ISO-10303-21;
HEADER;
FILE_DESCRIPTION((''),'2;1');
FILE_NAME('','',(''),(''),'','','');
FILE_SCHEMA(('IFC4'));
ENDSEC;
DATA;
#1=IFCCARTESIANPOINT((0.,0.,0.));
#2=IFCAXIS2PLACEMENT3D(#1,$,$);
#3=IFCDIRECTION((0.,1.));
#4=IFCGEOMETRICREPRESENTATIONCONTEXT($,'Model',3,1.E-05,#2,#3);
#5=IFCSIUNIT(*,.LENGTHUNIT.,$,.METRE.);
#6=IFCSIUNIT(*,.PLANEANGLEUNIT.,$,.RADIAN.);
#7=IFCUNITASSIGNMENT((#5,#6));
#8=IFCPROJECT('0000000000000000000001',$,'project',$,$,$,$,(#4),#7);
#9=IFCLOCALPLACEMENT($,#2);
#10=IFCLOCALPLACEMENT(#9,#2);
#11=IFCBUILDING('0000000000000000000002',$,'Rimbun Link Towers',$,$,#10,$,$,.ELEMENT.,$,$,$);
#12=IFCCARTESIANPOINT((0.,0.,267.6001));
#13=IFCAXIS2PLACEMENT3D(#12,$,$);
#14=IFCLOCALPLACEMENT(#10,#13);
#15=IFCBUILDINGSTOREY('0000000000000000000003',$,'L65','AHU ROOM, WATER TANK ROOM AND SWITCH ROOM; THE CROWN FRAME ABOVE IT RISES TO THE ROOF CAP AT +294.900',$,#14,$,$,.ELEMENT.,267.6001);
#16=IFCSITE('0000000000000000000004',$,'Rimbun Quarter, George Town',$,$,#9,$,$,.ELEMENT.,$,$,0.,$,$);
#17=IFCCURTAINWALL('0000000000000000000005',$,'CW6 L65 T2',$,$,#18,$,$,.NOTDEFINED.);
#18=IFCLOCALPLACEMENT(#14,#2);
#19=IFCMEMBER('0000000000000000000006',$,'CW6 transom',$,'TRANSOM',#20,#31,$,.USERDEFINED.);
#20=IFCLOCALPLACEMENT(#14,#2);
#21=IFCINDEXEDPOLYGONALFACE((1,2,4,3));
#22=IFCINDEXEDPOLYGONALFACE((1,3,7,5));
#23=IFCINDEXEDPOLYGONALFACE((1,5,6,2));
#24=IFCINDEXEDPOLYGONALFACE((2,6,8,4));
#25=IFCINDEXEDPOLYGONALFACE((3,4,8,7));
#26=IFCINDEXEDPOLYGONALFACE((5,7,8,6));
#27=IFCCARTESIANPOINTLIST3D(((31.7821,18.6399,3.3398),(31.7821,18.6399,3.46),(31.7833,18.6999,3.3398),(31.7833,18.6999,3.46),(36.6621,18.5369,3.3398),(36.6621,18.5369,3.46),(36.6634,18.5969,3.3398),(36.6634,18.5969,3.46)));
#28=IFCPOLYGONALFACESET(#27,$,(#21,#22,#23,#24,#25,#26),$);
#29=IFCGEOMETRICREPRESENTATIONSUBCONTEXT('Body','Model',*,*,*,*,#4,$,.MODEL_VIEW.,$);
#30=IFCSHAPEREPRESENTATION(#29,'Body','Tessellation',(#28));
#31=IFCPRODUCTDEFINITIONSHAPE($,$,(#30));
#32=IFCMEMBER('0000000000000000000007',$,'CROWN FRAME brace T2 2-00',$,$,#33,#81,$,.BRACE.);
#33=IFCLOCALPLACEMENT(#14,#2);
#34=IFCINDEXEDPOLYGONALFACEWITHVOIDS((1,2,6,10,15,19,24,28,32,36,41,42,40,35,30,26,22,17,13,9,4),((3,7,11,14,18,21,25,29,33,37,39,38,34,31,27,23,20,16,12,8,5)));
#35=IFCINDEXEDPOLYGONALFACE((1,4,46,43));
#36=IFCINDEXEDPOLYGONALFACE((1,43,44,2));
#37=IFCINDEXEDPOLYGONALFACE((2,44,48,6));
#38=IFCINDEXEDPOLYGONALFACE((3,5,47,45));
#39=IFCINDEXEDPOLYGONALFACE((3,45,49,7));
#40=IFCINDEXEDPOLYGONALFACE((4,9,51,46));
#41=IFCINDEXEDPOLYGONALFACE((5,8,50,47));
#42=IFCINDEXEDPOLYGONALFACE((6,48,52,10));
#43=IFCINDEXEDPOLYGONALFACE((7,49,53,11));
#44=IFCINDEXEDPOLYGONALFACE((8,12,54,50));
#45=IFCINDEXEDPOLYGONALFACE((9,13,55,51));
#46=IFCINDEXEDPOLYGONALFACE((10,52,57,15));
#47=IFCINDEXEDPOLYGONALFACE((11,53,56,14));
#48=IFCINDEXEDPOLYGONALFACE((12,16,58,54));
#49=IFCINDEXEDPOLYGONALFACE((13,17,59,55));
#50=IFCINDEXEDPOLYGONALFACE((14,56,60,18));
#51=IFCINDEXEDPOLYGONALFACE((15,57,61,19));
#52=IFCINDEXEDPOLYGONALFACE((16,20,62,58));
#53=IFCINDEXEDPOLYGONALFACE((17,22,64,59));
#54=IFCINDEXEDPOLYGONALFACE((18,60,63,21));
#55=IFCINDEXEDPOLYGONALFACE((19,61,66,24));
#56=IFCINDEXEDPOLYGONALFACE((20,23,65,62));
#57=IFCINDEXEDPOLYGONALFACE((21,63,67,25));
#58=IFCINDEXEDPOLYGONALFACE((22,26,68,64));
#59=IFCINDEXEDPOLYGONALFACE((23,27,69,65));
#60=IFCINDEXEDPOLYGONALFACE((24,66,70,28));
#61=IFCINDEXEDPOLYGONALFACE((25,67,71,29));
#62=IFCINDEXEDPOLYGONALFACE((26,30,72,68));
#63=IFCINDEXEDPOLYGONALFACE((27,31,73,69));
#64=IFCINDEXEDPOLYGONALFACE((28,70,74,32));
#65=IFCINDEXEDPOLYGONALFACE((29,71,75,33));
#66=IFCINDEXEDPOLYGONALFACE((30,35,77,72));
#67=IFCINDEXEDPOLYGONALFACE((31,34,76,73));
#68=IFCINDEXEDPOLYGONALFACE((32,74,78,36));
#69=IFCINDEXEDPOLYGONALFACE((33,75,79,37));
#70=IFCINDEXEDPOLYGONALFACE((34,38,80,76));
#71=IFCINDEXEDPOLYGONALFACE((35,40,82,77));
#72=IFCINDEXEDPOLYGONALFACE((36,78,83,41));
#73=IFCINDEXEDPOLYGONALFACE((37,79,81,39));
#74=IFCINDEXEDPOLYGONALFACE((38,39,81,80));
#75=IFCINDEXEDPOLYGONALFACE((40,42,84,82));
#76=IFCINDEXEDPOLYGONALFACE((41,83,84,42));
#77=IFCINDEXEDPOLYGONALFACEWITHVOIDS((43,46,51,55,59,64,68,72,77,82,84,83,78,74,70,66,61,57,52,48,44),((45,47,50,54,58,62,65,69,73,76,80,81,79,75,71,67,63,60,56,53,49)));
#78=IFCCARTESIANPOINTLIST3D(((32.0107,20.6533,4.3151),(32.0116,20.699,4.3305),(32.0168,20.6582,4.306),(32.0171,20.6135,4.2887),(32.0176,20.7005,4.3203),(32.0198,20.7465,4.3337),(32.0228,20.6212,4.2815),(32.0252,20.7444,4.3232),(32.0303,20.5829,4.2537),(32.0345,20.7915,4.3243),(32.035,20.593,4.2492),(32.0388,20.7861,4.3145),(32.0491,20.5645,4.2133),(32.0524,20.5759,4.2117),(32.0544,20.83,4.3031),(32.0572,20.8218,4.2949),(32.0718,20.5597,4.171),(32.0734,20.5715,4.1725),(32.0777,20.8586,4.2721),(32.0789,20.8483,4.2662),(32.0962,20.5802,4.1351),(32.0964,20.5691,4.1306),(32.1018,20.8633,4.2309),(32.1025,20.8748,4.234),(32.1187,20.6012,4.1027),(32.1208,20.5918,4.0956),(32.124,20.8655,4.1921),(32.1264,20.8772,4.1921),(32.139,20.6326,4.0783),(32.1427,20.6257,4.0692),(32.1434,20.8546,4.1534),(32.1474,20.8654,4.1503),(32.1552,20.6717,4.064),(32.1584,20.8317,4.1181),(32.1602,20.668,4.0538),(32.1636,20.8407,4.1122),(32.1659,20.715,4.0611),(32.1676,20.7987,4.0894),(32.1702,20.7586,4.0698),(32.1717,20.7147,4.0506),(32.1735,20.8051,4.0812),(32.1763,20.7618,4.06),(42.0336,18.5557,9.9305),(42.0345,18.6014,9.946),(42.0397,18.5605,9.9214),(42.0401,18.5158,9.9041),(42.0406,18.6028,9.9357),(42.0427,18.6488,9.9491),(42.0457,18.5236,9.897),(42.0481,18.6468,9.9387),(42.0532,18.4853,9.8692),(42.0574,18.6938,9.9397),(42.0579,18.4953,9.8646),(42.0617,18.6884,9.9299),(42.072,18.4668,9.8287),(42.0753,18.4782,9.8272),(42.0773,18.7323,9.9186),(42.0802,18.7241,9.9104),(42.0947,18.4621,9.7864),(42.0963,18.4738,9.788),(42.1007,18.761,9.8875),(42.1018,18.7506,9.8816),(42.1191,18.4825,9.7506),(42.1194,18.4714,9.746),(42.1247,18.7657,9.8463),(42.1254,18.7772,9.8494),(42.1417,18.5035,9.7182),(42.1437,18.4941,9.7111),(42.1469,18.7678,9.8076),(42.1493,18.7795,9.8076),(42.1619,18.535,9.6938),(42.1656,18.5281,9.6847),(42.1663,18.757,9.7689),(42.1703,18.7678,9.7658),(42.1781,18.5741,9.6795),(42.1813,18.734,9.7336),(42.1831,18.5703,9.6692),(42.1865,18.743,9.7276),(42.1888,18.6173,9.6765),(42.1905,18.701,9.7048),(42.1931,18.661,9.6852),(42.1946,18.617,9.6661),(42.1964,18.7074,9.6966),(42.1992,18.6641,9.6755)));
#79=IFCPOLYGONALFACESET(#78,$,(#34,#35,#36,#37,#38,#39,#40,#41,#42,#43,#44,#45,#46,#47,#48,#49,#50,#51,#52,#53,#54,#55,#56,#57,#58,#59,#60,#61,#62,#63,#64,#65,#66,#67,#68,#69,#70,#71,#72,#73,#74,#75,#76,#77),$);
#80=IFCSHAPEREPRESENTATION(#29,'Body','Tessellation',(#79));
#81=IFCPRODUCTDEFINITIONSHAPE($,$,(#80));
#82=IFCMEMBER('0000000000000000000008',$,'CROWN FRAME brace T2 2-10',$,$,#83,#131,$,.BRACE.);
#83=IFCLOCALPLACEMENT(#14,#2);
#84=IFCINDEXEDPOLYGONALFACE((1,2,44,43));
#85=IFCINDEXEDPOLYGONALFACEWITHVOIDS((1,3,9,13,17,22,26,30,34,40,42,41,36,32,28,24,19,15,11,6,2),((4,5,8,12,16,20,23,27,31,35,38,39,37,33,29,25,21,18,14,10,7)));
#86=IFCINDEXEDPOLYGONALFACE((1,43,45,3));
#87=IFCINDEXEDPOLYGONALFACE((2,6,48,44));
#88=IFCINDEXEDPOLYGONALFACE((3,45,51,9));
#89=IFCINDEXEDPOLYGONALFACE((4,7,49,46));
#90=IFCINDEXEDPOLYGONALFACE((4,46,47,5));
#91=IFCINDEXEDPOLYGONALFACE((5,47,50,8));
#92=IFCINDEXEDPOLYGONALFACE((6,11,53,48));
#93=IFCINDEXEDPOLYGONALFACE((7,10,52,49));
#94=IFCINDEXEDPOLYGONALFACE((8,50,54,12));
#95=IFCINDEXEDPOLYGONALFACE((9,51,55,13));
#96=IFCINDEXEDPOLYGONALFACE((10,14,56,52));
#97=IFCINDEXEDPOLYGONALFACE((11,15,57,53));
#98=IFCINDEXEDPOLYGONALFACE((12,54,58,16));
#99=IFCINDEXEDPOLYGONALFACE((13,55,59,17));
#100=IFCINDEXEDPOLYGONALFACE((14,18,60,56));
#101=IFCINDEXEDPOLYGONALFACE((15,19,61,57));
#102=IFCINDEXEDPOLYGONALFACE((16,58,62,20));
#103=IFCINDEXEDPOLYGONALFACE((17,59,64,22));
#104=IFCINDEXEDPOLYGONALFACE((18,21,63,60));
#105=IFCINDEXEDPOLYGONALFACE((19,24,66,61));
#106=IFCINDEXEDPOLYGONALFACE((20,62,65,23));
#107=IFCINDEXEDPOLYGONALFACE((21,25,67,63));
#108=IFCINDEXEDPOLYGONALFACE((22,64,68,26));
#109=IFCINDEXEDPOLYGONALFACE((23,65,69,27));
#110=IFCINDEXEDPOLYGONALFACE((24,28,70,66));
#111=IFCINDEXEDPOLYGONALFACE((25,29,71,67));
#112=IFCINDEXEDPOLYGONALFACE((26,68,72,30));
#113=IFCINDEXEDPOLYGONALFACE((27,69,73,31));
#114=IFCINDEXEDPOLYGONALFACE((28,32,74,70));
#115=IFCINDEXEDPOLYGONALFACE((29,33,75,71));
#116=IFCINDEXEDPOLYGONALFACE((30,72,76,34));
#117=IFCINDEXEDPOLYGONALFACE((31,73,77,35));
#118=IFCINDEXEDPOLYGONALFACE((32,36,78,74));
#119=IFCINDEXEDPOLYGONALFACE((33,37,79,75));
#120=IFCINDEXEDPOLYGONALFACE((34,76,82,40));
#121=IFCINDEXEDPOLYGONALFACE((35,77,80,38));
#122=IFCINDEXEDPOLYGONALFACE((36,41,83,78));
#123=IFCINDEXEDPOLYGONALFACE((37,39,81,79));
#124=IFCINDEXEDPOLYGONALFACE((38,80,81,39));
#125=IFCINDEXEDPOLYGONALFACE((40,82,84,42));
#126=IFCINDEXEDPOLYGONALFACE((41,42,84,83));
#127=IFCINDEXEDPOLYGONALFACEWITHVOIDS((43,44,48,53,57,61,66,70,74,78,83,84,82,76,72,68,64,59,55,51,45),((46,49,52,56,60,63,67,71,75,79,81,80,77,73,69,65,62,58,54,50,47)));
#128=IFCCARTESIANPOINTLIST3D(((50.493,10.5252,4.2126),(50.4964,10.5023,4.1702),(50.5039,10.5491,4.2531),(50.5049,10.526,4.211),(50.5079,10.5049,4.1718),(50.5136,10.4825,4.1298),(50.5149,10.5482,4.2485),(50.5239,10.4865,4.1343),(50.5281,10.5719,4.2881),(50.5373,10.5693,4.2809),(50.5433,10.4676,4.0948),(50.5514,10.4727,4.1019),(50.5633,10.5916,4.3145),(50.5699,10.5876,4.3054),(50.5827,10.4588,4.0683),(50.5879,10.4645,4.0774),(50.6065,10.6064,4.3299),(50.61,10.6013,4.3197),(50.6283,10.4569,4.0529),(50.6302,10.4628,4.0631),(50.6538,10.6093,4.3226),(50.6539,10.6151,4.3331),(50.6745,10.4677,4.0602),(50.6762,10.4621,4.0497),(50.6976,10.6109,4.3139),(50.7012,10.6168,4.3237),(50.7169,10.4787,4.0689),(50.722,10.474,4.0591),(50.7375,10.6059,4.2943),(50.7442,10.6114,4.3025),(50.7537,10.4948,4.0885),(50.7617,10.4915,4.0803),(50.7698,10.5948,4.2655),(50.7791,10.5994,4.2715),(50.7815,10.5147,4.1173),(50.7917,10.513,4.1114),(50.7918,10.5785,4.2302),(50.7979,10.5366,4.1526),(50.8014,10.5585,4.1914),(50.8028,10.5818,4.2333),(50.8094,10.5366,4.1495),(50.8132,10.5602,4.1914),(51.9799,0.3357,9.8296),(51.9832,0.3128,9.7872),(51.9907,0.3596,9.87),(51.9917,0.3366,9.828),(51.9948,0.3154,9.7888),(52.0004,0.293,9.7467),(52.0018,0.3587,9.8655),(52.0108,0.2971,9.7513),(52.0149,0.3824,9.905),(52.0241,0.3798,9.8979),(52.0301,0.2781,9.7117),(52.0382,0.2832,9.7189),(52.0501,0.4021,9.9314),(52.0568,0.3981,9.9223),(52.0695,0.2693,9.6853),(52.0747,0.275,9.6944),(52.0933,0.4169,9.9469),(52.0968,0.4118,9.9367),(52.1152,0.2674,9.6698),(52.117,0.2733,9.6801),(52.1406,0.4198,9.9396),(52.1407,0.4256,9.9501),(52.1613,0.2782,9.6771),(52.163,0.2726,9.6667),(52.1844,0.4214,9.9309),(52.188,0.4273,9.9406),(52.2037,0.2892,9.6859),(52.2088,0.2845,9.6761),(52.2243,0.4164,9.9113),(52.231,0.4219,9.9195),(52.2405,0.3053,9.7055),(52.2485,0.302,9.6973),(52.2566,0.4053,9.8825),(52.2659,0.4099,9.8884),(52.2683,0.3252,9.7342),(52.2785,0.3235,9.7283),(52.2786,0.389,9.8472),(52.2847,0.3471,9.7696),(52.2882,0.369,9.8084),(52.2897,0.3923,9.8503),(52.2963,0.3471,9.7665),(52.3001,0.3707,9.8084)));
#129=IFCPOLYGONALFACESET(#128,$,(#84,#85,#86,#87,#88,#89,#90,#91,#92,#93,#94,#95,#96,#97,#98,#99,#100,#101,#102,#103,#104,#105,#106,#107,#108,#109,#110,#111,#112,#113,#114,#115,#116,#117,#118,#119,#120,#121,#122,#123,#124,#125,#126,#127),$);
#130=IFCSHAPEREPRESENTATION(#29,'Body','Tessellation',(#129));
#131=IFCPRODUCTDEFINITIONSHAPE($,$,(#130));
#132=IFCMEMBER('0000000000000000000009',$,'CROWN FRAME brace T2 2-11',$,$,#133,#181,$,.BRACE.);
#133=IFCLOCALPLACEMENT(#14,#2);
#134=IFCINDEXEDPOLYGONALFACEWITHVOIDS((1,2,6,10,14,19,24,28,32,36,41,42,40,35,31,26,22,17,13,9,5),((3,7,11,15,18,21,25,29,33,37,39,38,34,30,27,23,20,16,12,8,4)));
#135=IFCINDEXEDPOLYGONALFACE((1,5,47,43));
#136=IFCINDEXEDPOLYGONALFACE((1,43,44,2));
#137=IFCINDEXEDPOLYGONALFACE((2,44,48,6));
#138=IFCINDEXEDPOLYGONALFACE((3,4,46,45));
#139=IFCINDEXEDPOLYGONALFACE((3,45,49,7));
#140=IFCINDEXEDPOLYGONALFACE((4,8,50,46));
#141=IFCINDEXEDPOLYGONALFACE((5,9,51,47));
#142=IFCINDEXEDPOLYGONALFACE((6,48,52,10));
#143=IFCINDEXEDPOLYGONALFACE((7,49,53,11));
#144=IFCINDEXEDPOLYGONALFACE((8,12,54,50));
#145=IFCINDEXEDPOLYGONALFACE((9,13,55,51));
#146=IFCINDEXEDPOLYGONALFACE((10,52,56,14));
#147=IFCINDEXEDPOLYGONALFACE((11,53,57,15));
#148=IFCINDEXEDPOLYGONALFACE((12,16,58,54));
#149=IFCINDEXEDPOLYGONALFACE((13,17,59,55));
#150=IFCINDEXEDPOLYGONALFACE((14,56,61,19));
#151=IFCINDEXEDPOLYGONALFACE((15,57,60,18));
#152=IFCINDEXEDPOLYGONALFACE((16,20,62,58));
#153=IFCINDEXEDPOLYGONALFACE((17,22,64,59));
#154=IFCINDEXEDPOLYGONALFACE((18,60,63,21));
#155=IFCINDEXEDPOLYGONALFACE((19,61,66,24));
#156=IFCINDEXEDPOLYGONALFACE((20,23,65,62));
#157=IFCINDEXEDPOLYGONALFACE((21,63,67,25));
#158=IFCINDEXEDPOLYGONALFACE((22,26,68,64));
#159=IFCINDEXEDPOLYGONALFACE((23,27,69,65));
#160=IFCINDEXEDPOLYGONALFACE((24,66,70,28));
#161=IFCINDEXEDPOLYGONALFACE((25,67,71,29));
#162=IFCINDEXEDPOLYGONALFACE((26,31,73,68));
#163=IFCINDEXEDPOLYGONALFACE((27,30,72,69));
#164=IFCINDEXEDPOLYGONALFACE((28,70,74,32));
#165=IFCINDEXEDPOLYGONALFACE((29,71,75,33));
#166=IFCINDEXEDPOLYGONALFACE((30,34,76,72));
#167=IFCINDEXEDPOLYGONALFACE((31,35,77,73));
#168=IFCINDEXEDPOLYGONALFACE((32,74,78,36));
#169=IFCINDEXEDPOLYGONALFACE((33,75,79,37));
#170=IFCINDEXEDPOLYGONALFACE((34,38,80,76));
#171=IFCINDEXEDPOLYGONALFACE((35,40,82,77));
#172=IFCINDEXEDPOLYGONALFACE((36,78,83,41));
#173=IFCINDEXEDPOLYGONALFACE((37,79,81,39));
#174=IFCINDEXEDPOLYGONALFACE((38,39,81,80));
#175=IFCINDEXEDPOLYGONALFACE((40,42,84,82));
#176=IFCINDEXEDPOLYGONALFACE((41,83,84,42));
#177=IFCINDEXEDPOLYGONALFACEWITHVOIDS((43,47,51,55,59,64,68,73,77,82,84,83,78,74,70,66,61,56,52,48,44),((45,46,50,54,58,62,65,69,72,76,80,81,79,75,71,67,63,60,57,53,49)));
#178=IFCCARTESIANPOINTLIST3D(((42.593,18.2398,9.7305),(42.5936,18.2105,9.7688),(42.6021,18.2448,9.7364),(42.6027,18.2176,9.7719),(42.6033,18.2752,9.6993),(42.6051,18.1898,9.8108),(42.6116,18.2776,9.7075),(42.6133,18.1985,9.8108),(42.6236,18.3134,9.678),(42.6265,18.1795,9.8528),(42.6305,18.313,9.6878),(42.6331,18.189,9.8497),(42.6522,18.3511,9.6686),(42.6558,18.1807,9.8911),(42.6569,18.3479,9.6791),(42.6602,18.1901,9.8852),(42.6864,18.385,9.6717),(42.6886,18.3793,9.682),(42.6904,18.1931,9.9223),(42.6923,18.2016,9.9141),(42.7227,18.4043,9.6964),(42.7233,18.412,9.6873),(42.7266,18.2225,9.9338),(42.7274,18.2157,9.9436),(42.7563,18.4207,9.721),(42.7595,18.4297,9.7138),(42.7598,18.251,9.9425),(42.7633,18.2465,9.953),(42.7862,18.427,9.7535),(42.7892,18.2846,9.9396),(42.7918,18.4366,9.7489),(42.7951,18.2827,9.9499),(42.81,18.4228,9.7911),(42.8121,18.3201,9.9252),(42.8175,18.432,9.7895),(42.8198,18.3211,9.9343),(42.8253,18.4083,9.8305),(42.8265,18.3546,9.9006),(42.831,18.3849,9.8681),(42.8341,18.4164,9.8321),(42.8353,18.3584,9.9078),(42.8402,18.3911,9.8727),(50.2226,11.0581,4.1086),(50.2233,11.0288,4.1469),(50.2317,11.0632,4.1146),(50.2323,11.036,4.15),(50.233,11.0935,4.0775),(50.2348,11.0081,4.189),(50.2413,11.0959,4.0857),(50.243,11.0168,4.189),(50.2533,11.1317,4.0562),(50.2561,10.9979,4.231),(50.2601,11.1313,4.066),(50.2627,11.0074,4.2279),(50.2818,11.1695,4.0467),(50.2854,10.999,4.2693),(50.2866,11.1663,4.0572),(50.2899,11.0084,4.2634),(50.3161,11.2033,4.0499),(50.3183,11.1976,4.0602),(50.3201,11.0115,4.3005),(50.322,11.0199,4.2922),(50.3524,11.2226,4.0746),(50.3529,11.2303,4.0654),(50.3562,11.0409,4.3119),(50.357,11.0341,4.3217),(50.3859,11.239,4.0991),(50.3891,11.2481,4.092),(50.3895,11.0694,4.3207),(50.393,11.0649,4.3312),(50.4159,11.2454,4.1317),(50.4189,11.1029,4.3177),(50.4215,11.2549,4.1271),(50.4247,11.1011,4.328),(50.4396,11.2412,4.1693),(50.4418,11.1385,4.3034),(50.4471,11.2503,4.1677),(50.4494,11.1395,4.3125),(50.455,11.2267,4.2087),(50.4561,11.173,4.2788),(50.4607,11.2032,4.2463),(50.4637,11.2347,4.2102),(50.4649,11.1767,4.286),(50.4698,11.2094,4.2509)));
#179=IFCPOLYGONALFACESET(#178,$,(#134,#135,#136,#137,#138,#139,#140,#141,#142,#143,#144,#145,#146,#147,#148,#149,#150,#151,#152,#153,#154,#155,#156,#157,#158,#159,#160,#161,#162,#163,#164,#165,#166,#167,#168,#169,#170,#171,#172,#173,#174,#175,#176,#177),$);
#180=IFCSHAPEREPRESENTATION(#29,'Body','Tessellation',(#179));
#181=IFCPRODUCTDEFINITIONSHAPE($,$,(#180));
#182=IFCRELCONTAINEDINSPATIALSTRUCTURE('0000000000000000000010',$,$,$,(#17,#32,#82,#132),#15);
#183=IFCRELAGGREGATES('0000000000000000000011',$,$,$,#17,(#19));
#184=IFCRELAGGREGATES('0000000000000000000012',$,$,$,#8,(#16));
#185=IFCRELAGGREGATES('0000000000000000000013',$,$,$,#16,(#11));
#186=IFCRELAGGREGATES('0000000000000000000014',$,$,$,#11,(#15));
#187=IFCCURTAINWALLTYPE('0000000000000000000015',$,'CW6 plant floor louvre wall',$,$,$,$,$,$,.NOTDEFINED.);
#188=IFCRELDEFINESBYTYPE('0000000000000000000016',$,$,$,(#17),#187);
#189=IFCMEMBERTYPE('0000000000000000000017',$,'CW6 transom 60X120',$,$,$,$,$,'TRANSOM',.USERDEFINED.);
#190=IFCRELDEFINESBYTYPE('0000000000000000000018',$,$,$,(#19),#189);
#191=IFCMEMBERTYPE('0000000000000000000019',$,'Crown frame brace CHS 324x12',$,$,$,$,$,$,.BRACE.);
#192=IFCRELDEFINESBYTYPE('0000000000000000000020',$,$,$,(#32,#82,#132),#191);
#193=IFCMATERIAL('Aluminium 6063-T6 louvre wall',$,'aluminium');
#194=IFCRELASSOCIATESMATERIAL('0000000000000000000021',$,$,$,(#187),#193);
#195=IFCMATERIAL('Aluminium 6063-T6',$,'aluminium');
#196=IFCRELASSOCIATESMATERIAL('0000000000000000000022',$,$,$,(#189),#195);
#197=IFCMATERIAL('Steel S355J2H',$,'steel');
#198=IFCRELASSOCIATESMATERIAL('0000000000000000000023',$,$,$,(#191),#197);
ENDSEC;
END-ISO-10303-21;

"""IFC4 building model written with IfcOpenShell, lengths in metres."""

from ifc_helpers import new_model, si_unit, direction, frame, origin, origin_2d, place, context, subcontext, project, spatial, rectangle, hollow_circle, extrude, material, material_profile, profile_set, type_object, element, aggregate, save


model = new_model("IFC4")

# Units and contexts
model_context = context("Model", 3, precision=1e-05, world=origin(), true_north=direction((0.0, 1.0)))
body_context = subcontext(model_context, "Body", "Model", "MODEL_VIEW")
ifc_project = project(units=[si_unit("LENGTHUNIT", "METRE"), si_unit("PLANEANGLEUNIT", "RADIAN")], contexts=[model_context])

# Site, building, storey
site_placement = place(None, origin())
site = spatial("IfcSite", under=ifc_project, at=site_placement, Name="Rimbun Quarter, George Town", CompositionType="ELEMENT", RefElevation=0.0)
building_placement = place(site_placement, origin())
building = spatial("IfcBuilding", under=site, at=building_placement, Name="Rimbun Link Towers", CompositionType="ELEMENT")
storey_placement = place(building_placement, frame((0.0, 0.0, 267.6001)))
storey = spatial("IfcBuildingStorey", under=building, at=storey_placement, Name="L65", Description="AHU ROOM, WATER TANK ROOM AND SWITCH ROOM; THE CROWN FRAME ABOVE IT RISES TO THE ROOF CAP AT +294.900", CompositionType="ELEMENT", Elevation=267.6001)

# Curtain wall, member
ifc_material_1 = material(Name="Aluminium 6063-T6 louvre wall", Category="aluminium")
curtain_wall_type = type_object("IfcCurtainWallType", Name="CW6 plant floor louvre wall", PredefinedType="NOTDEFINED", material=ifc_material_1)
curtain_wall_placement = place(storey_placement, origin())
curtain_wall = element("IfcCurtainWall", 1, at=curtain_wall_placement, inside=storey, type_object=curtain_wall_type, Name="CW6 L65 T2", PredefinedType="NOTDEFINED")
ifc_material_2 = material(Name="Aluminium 6063-T6", Category="aluminium")
ifc_material_profile_1 = material_profile(ifc_material_2, rectangle(XDim=0.0601, YDim=0.1201, at=origin_2d()), Name="TRANSOM 60X120")
ifc_profile_set_1 = profile_set([ifc_material_profile_1], Name="Aluminium 6063-T6")
member_type_1 = type_object("IfcMemberType", Name="CW6 transom 60X120", ElementType="TRANSOM", PredefinedType="USERDEFINED", material=ifc_profile_set_1)
member_1_placement = place(storey_placement, frame((31.7827, 18.6699, 3.3999), z_axis=(0.999777, -0.021107, 0.0), x_axis=(0.021107, 0.999777, 0.0)))
member_1 = element("IfcMember", 2, at=member_1_placement, type_object=member_type_1, Name="CW6 transom", ObjectType="TRANSOM", PredefinedType="USERDEFINED", context=body_context, shape_type="SweptSolid", body=[
    extrude(rectangle(XDim=0.0601, YDim=0.1201, at=origin_2d()), origin(), (0.0, 0.0, 1.0), 4.8811),
])
aggregate(curtain_wall, [member_1])

# Members
ifc_material_3 = material(Name="Steel S355J2H", Category="steel")
ifc_material_profile_2 = material_profile(ifc_material_3, hollow_circle(Radius=0.1619, WallThickness=0.012, at=origin_2d()), Name="Crown frame brace CHS 324x12")
ifc_profile_set_2 = profile_set([ifc_material_profile_2], Name="Steel S355J2H")
member_type_2 = type_object("IfcMemberType", Name="Crown frame brace CHS 324x12", PredefinedType="BRACE", material=ifc_profile_set_2)
member_2_placement = place(storey_placement, frame((32.0933, 20.7188, 4.1921), z_axis=(0.858221, -0.179613, 0.480829), x_axis=(0.204847, 0.978794, 0.0)))
element("IfcMember", 3, at=member_2_placement, inside=storey, type_object=member_type_2, Name="CROWN FRAME brace T2 2-00", PredefinedType="BRACE", context=body_context, shape_type="SweptSolid", body=[
    extrude(hollow_circle(Radius=0.1619, WallThickness=0.012, at=origin_2d()), origin(), (0.0, 0.0, 1.0), 11.6787),
])
member_3_placement = place(storey_placement, frame((50.6531, 10.5369, 4.1914), z_axis=(0.126757, -0.868689, 0.478865), x_axis=(0.989521, 0.144388, 0.0)))
element("IfcMember", 4, at=member_3_placement, inside=storey, type_object=member_type_2, Name="CROWN FRAME brace T2 2-10", PredefinedType="BRACE", context=body_context, shape_type="SweptSolid", body=[
    extrude(hollow_circle(Radius=0.1619, WallThickness=0.012, at=origin_2d()), origin(), (0.0, 0.0, 1.0), 11.7297),
])
member_4_placement = place(storey_placement, frame((50.3457, 11.126, 4.189), z_axis=(-0.64164, 0.603964, 0.472786), x_axis=(-0.685405, -0.728162, 0.0)))
element("IfcMember", 5, at=member_4_placement, inside=storey, type_object=member_type_2, Name="CROWN FRAME brace T2 2-11", PredefinedType="BRACE", context=body_context, shape_type="SweptSolid", body=[
    extrude(hollow_circle(Radius=0.1619, WallThickness=0.012, at=origin_2d()), origin(), (0.0, 0.0, 1.0), 11.8909),
])

save(model, "model.ifc")
